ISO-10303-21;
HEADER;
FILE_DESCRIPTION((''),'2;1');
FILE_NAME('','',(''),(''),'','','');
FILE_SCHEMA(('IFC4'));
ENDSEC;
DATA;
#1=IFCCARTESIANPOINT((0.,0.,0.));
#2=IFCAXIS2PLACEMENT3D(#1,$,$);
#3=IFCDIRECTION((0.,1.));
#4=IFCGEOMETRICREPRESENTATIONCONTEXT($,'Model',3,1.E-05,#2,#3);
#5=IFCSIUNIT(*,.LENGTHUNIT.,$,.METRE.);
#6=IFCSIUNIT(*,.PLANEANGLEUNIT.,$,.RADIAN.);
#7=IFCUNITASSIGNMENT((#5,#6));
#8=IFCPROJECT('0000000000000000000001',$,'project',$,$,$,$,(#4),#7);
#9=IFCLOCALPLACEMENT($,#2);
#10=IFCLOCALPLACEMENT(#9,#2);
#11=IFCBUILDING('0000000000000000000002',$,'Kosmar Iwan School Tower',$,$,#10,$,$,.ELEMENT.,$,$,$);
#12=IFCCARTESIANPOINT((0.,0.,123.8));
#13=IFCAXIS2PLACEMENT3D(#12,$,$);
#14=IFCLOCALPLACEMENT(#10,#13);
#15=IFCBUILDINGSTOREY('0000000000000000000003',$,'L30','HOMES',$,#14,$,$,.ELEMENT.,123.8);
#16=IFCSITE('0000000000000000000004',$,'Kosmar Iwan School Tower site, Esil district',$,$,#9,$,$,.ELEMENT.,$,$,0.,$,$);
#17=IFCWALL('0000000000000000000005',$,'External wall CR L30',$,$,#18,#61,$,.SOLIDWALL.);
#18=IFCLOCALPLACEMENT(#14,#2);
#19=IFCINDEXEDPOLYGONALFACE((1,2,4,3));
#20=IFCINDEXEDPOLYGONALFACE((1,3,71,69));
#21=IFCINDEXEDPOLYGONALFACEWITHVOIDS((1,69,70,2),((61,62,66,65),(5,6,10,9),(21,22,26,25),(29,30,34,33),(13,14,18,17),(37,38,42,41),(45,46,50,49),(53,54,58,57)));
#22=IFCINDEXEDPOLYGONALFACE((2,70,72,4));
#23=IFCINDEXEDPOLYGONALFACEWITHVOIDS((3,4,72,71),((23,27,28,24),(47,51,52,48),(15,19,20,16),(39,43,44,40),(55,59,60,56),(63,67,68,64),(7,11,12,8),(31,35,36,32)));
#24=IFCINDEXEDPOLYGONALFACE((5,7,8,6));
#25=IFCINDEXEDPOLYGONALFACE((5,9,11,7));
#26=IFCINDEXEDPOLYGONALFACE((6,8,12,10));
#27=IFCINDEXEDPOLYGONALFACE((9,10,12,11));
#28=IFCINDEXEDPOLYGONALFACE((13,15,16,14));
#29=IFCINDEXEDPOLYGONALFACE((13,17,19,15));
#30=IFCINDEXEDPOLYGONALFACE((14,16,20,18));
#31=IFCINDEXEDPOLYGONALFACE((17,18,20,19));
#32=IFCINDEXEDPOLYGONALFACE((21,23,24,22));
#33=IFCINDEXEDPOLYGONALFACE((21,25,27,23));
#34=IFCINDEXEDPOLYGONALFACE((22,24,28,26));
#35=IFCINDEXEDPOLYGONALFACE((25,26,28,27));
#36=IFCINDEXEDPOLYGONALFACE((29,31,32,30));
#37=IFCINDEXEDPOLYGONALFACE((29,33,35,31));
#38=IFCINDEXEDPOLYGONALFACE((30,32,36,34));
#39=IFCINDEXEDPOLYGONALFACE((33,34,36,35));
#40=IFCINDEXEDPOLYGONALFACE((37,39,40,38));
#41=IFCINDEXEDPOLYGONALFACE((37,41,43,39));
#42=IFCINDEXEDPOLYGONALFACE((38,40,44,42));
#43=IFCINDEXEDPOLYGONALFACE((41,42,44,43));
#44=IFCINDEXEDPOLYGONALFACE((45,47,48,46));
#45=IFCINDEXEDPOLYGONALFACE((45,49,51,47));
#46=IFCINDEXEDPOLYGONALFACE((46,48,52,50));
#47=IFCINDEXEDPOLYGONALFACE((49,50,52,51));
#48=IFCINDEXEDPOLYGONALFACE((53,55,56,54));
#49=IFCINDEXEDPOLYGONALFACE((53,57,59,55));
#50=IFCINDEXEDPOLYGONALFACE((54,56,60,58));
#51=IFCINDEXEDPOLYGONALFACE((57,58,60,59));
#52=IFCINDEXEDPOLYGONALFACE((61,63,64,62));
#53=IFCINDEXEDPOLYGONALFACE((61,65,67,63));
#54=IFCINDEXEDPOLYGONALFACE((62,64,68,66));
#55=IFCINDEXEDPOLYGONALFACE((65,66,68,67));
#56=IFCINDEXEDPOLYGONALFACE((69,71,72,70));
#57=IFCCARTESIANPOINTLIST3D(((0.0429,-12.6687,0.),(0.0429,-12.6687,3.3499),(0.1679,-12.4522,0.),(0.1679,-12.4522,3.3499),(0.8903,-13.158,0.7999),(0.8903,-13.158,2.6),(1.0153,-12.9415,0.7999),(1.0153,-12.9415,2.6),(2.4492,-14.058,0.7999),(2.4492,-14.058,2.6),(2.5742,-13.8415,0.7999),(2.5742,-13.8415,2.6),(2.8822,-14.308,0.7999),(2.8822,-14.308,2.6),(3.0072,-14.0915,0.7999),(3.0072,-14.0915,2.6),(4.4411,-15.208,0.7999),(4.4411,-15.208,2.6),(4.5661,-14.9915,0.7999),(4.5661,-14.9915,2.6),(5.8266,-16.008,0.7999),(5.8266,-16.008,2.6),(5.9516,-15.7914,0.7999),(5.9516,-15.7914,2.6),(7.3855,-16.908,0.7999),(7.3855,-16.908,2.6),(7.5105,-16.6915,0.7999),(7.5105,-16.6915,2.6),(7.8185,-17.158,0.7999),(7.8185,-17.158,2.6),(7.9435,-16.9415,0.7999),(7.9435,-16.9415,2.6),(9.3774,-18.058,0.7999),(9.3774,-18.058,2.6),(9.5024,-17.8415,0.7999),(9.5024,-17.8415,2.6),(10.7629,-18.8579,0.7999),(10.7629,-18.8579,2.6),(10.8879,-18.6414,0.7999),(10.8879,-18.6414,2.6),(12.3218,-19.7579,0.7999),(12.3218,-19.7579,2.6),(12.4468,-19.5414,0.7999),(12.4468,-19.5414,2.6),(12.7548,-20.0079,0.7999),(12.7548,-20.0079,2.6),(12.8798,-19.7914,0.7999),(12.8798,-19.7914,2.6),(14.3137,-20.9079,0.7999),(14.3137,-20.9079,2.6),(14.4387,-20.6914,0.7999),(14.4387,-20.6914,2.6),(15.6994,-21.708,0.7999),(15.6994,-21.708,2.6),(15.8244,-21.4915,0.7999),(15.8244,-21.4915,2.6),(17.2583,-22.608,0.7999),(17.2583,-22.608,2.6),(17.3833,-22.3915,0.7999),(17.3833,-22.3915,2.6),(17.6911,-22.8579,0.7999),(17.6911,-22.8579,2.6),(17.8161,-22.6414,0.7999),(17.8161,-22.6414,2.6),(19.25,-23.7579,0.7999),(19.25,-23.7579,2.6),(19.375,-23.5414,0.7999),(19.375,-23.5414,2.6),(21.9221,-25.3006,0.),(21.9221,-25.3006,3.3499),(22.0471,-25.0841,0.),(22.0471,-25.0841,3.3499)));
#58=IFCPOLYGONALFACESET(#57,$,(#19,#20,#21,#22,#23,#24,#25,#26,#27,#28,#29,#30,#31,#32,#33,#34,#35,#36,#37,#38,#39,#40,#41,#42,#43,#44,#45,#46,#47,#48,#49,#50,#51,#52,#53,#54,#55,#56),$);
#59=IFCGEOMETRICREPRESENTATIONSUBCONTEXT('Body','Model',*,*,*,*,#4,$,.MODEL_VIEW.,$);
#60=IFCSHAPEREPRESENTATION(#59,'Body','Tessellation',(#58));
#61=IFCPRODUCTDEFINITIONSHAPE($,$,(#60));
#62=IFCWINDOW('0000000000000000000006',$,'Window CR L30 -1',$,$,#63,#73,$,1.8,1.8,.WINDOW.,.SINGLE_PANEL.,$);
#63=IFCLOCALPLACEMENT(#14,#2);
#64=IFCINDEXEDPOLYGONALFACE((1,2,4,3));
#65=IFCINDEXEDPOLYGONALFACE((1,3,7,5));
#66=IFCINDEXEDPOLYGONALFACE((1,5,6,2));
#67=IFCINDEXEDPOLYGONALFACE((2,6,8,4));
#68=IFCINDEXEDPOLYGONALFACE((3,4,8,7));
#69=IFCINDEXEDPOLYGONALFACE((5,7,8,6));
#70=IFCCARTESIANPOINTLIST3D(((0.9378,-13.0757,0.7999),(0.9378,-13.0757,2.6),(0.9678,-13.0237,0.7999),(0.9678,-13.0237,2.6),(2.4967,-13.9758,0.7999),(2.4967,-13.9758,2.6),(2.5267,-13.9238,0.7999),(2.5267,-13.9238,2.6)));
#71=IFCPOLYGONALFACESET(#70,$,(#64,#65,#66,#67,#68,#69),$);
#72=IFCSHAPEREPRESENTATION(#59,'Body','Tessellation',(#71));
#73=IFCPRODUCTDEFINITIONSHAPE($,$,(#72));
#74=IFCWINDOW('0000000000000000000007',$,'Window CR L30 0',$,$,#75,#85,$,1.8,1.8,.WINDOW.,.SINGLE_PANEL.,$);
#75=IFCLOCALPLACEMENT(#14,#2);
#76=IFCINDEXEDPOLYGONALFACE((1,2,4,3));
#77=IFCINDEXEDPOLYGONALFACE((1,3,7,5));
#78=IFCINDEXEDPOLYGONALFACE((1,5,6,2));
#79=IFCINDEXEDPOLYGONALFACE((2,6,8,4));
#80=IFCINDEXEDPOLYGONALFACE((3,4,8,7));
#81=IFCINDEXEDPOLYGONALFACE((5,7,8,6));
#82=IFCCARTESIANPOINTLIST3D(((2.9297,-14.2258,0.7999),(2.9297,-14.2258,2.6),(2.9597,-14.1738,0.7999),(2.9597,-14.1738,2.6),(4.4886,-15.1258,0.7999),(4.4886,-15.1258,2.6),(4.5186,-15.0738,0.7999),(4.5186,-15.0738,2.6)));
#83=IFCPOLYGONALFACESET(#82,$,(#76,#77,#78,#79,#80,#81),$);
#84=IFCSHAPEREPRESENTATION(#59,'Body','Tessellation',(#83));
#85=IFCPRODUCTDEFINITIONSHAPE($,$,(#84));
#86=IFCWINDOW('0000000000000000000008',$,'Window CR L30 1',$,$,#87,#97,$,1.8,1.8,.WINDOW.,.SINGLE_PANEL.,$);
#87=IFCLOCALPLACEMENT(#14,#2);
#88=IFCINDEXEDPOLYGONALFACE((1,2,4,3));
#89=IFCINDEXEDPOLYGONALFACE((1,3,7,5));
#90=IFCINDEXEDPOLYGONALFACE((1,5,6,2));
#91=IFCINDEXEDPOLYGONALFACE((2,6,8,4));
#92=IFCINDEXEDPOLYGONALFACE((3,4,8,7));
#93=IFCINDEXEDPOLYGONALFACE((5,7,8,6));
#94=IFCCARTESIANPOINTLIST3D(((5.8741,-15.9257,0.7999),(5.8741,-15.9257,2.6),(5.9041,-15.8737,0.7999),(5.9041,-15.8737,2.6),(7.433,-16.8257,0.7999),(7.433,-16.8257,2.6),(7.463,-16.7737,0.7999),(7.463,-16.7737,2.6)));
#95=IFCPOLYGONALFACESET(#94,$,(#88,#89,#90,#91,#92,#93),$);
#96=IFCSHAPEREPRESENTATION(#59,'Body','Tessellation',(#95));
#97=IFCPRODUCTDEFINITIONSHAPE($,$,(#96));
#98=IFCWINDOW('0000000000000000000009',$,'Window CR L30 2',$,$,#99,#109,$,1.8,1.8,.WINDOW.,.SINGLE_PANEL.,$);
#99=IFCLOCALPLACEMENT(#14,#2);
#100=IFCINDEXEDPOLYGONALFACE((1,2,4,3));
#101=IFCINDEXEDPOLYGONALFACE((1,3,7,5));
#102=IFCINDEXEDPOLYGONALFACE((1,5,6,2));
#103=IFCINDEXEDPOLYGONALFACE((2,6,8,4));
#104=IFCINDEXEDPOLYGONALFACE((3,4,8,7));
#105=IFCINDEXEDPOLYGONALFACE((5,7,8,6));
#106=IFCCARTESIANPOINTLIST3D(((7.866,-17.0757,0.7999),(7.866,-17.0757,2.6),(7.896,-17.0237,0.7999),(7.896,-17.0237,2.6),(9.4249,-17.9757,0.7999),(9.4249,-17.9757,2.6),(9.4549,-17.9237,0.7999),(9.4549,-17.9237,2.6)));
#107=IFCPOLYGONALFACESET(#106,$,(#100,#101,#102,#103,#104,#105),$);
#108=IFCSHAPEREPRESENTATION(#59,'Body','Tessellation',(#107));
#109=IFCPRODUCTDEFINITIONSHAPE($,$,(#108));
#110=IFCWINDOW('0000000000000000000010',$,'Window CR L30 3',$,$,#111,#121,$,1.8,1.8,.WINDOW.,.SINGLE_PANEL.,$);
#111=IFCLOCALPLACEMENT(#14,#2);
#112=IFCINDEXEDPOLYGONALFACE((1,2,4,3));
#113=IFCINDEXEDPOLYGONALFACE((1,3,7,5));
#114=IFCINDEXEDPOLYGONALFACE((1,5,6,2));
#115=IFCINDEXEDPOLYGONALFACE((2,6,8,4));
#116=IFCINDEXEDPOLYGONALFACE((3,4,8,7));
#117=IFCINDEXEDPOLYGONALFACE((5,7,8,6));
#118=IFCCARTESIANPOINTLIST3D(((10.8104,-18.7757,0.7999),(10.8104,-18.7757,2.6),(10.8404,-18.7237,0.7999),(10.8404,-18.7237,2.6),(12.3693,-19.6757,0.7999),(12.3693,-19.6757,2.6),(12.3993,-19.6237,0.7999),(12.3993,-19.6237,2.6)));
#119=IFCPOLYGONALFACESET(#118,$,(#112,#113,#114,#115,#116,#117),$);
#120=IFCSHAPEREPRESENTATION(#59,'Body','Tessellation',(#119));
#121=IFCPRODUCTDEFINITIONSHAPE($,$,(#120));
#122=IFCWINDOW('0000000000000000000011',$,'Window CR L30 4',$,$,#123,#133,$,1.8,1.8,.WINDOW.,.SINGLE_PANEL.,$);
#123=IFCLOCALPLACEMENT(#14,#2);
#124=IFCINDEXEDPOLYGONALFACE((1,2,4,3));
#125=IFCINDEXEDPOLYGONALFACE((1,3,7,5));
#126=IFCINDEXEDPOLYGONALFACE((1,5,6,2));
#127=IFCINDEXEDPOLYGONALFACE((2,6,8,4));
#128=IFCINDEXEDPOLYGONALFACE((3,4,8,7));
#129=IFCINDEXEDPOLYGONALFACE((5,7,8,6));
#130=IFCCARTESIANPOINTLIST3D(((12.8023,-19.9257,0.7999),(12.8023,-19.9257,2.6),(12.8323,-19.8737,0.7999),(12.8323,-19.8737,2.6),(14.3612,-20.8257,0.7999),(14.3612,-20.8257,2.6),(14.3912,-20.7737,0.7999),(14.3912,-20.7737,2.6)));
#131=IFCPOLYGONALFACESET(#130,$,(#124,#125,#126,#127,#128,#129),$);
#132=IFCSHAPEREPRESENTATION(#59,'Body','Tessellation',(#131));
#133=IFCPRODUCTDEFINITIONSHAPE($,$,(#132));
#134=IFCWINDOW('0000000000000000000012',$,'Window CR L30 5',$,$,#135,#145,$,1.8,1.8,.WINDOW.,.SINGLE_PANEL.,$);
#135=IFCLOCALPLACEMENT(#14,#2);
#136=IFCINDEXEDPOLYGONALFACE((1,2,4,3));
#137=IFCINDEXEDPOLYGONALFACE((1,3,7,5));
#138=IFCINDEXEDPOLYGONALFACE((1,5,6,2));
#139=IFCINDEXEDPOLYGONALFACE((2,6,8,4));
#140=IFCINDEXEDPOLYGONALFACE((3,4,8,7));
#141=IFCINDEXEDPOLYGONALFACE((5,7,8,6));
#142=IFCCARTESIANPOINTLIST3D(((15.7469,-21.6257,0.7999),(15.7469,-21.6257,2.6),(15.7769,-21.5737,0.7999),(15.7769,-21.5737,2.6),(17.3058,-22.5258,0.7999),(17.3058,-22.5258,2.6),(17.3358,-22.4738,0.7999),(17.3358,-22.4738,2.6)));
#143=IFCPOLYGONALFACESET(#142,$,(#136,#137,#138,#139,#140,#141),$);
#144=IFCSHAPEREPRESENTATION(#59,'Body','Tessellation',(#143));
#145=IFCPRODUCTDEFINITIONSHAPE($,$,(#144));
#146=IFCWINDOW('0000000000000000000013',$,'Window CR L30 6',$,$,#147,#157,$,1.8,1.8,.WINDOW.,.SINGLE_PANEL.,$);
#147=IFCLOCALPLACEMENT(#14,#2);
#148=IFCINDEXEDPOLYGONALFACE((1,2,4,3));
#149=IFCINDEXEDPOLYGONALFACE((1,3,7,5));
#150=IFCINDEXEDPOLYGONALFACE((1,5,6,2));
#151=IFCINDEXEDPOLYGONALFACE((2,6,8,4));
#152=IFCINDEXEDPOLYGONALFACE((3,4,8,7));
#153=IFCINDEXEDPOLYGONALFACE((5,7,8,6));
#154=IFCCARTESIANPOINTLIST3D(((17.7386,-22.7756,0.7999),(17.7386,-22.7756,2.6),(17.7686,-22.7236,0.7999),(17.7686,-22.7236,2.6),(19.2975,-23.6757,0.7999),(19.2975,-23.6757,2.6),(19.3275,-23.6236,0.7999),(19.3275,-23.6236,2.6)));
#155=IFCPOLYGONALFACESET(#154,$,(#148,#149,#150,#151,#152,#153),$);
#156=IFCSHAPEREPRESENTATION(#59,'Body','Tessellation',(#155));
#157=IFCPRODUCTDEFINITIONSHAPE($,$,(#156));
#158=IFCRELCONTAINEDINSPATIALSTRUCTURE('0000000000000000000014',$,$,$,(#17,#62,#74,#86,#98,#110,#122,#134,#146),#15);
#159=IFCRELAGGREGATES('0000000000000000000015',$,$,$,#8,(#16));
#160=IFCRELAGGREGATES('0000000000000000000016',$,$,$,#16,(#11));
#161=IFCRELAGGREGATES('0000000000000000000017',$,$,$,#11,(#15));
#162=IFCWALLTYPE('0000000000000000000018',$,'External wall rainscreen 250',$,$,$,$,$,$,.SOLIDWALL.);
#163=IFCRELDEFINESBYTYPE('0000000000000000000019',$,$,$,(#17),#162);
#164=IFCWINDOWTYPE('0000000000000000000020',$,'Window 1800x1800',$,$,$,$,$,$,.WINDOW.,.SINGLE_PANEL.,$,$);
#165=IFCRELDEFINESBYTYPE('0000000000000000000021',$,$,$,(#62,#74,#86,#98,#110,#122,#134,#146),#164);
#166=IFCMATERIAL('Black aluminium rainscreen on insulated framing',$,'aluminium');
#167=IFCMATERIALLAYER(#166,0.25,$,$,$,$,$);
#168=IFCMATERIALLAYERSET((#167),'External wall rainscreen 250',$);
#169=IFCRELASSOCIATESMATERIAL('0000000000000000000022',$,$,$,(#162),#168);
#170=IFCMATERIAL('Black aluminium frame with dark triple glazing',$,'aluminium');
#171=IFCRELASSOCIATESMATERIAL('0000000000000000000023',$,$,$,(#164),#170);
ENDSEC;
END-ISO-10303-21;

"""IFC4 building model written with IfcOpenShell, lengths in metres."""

from ifc_helpers import new_model, si_unit, direction, frame, frame_2d, origin, place, context, subcontext, project, spatial, rectangle, extrude, material, layer, layer_set, type_object, element, fill, save


model = new_model("IFC4")

# Units and contexts
model_context = context("Model", 3, precision=1e-05, world=origin(), true_north=direction((0.0, 1.0)))
body_context = subcontext(model_context, "Body", "Model", "MODEL_VIEW")
ifc_project = project(units=[si_unit("LENGTHUNIT", "METRE"), si_unit("PLANEANGLEUNIT", "RADIAN")], contexts=[model_context])

# Site, building, storey
site_placement = place(None, origin())
site = spatial("IfcSite", under=ifc_project, at=site_placement, Name="Kosmar Iwan School Tower site, Esil district", CompositionType="ELEMENT", RefElevation=0.0)
building_placement = place(site_placement, origin())
building = spatial("IfcBuilding", under=site, at=building_placement, Name="Kosmar Iwan School Tower", CompositionType="ELEMENT")
storey_placement = place(building_placement, frame((0.0, 0.0, 123.8)))
storey = spatial("IfcBuildingStorey", under=building, at=storey_placement, Name="L30", Description="HOMES", CompositionType="ELEMENT", Elevation=123.8)

# Wall, openings, windows
ifc_material_1 = material(Name="Black aluminium rainscreen on insulated framing", Category="aluminium")
ifc_layer = layer(ifc_material_1, 0.25)
ifc_layer_set = layer_set([ifc_layer], Name="External wall rainscreen 250")
wall_type = type_object("IfcWallType", Name="External wall rainscreen 250", PredefinedType="SOLIDWALL", material=ifc_layer_set)
ifc_material_2 = material(Name="Black aluminium frame with dark triple glazing", Category="aluminium")
window_type = type_object("IfcWindowType", Name="Window 1800x1800", PartitioningType="SINGLE_PANEL", PredefinedType="WINDOW", material=ifc_material_2)
wall_1_placement = place(storey_placement, frame((0.1055, -12.5605, 0.0), z_axis=(0.0, 0.0, 1.0), x_axis=(0.866027, -0.499997, 0.0)))
wall_1 = element("IfcWall", 1, at=wall_1_placement, inside=storey, type_object=wall_type, Name="External wall CR L30", PredefinedType="SOLIDWALL", context=body_context, shape_type="SweptSolid", body=[
    extrude(rectangle(XDim=25.2639, YDim=0.25, at=frame_2d((12.6318, 0.0))), origin(), (0.0, 0.0, 1.0), 3.3499),
])
opening_1_placement = place(wall_1_placement, frame((0.9785, 0.0, 0.8)))
opening_1 = element("IfcOpeningElement", 2, at=opening_1_placement, cuts=wall_1, PredefinedType="OPENING", context=body_context, shape_type="SweptSolid", body=[
    extrude(rectangle(XDim=1.8, YDim=1.8, at=frame_2d((0.8999, 0.8999))), frame((0.0, 0.137, 0.0), z_axis=(0.0, -1.0, 0.0), x_axis=(1.0, 0.0, 0.0)), (0.0, 0.0, 1.0), 0.2739),
])
opening_2_placement = place(wall_1_placement, frame((3.2786, 0.0, 0.8)))
opening_2 = element("IfcOpeningElement", 3, at=opening_2_placement, cuts=wall_1, PredefinedType="OPENING", context=body_context, shape_type="SweptSolid", body=[
    extrude(rectangle(XDim=1.8, YDim=1.8, at=frame_2d((0.8999, 0.8999))), frame((0.0, 0.137, 0.0), z_axis=(0.0, -1.0, 0.0), x_axis=(1.0, 0.0, 0.0)), (0.0, 0.0, 1.0), 0.2739),
])
opening_3_placement = place(wall_1_placement, frame((6.6785, 0.0, 0.8)))
opening_3 = element("IfcOpeningElement", 4, at=opening_3_placement, cuts=wall_1, PredefinedType="OPENING", context=body_context, shape_type="SweptSolid", body=[
    extrude(rectangle(XDim=1.8, YDim=1.8, at=frame_2d((0.8999, 0.8999))), frame((0.0, 0.137, 0.0), z_axis=(0.0, -1.0, 0.0), x_axis=(1.0, 0.0, 0.0)), (0.0, 0.0, 1.0), 0.2739),
])
opening_4_placement = place(wall_1_placement, frame((8.9785, 0.0, 0.8)))
opening_4 = element("IfcOpeningElement", 5, at=opening_4_placement, cuts=wall_1, PredefinedType="OPENING", context=body_context, shape_type="SweptSolid", body=[
    extrude(rectangle(XDim=1.8, YDim=1.8, at=frame_2d((0.8999, 0.8999))), frame((0.0, 0.137, 0.0), z_axis=(0.0, -1.0, 0.0), x_axis=(1.0, 0.0, 0.0)), (0.0, 0.0, 1.0), 0.2739),
])
opening_5_placement = place(wall_1_placement, frame((12.3784, 0.0, 0.8)))
opening_5 = element("IfcOpeningElement", 6, at=opening_5_placement, cuts=wall_1, PredefinedType="OPENING", context=body_context, shape_type="SweptSolid", body=[
    extrude(rectangle(XDim=1.8, YDim=1.8, at=frame_2d((0.8999, 0.8999))), frame((0.0, 0.137, 0.0), z_axis=(0.0, -1.0, 0.0), x_axis=(1.0, 0.0, 0.0)), (0.0, 0.0, 1.0), 0.2739),
])
opening_6_placement = place(wall_1_placement, frame((14.6785, 0.0, 0.8)))
opening_6 = element("IfcOpeningElement", 7, at=opening_6_placement, cuts=wall_1, PredefinedType="OPENING", context=body_context, shape_type="SweptSolid", body=[
    extrude(rectangle(XDim=1.8, YDim=1.8, at=frame_2d((0.8999, 0.8999))), frame((0.0, 0.137, 0.0), z_axis=(0.0, -1.0, 0.0), x_axis=(1.0, 0.0, 0.0)), (0.0, 0.0, 1.0), 0.2739),
])
opening_7_placement = place(wall_1_placement, frame((18.0786, 0.0, 0.8)))
opening_7 = element("IfcOpeningElement", 8, at=opening_7_placement, cuts=wall_1, PredefinedType="OPENING", context=body_context, shape_type="SweptSolid", body=[
    extrude(rectangle(XDim=1.8, YDim=1.8, at=frame_2d((0.8999, 0.8999))), frame((0.0, 0.137, 0.0), z_axis=(0.0, -1.0, 0.0), x_axis=(1.0, 0.0, 0.0)), (0.0, 0.0, 1.0), 0.2739),
])
opening_8_placement = place(wall_1_placement, frame((20.3784, 0.0, 0.8)))
opening_8 = element("IfcOpeningElement", 9, at=opening_8_placement, cuts=wall_1, PredefinedType="OPENING", context=body_context, shape_type="SweptSolid", body=[
    extrude(rectangle(XDim=1.8, YDim=1.8, at=frame_2d((0.8999, 0.8999))), frame((0.0, 0.137, 0.0), z_axis=(0.0, -1.0, 0.0), x_axis=(1.0, 0.0, 0.0)), (0.0, 0.0, 1.0), 0.2739),
])
window_1_placement = place(opening_1_placement, origin())
window_1 = element("IfcWindow", 10, at=window_1_placement, inside=storey, type_object=window_type, Name="Window CR L30 -1", OverallHeight=1.8, OverallWidth=1.8, PartitioningType="SINGLE_PANEL", PredefinedType="WINDOW", context=body_context, shape_type="SweptSolid", body=[
    extrude(rectangle(XDim=1.8, YDim=1.8, at=frame_2d((0.8999, 0.8999))), frame((0.0, 0.03, 0.0), z_axis=(0.0, -1.0, 0.0), x_axis=(1.0, 0.0, 0.0)), (0.0, 0.0, 1.0), 0.0601),
])
fill(opening_1, window_1)
window_2_placement = place(opening_2_placement, origin())
window_2 = element("IfcWindow", 11, at=window_2_placement, inside=storey, type_object=window_type, Name="Window CR L30 0", OverallHeight=1.8, OverallWidth=1.8, PartitioningType="SINGLE_PANEL", PredefinedType="WINDOW", context=body_context, shape_type="SweptSolid", body=[
    extrude(rectangle(XDim=1.8, YDim=1.8, at=frame_2d((0.8999, 0.8999))), frame((0.0, 0.03, 0.0), z_axis=(0.0, -1.0, 0.0), x_axis=(1.0, 0.0, 0.0)), (0.0, 0.0, 1.0), 0.0601),
])
fill(opening_2, window_2)
window_3_placement = place(opening_3_placement, origin())
window_3 = element("IfcWindow", 12, at=window_3_placement, inside=storey, type_object=window_type, Name="Window CR L30 1", OverallHeight=1.8, OverallWidth=1.8, PartitioningType="SINGLE_PANEL", PredefinedType="WINDOW", context=body_context, shape_type="SweptSolid", body=[
    extrude(rectangle(XDim=1.8, YDim=1.8, at=frame_2d((0.8999, 0.8999))), frame((0.0, 0.03, 0.0), z_axis=(0.0, -1.0, 0.0), x_axis=(1.0, 0.0, 0.0)), (0.0, 0.0, 1.0), 0.0601),
])
fill(opening_3, window_3)
window_4_placement = place(opening_4_placement, origin())
window_4 = element("IfcWindow", 13, at=window_4_placement, inside=storey, type_object=window_type, Name="Window CR L30 2", OverallHeight=1.8, OverallWidth=1.8, PartitioningType="SINGLE_PANEL", PredefinedType="WINDOW", context=body_context, shape_type="SweptSolid", body=[
    extrude(rectangle(XDim=1.8, YDim=1.8, at=frame_2d((0.8999, 0.8999))), frame((0.0, 0.03, 0.0), z_axis=(0.0, -1.0, 0.0), x_axis=(1.0, 0.0, 0.0)), (0.0, 0.0, 1.0), 0.0601),
])
fill(opening_4, window_4)
window_5_placement = place(opening_5_placement, origin())
window_5 = element("IfcWindow", 14, at=window_5_placement, inside=storey, type_object=window_type, Name="Window CR L30 3", OverallHeight=1.8, OverallWidth=1.8, PartitioningType="SINGLE_PANEL", PredefinedType="WINDOW", context=body_context, shape_type="SweptSolid", body=[
    extrude(rectangle(XDim=1.8, YDim=1.8, at=frame_2d((0.8999, 0.8999))), frame((0.0, 0.03, 0.0), z_axis=(0.0, -1.0, 0.0), x_axis=(1.0, 0.0, 0.0)), (0.0, 0.0, 1.0), 0.0601),
])
fill(opening_5, window_5)
window_6_placement = place(opening_6_placement, origin())
window_6 = element("IfcWindow", 15, at=window_6_placement, inside=storey, type_object=window_type, Name="Window CR L30 4", OverallHeight=1.8, OverallWidth=1.8, PartitioningType="SINGLE_PANEL", PredefinedType="WINDOW", context=body_context, shape_type="SweptSolid", body=[
    extrude(rectangle(XDim=1.8, YDim=1.8, at=frame_2d((0.8999, 0.8999))), frame((0.0, 0.03, 0.0), z_axis=(0.0, -1.0, 0.0), x_axis=(1.0, 0.0, 0.0)), (0.0, 0.0, 1.0), 0.0601),
])
fill(opening_6, window_6)
window_7_placement = place(opening_7_placement, origin())
window_7 = element("IfcWindow", 16, at=window_7_placement, inside=storey, type_object=window_type, Name="Window CR L30 5", OverallHeight=1.8, OverallWidth=1.8, PartitioningType="SINGLE_PANEL", PredefinedType="WINDOW", context=body_context, shape_type="SweptSolid", body=[
    extrude(rectangle(XDim=1.8, YDim=1.8, at=frame_2d((0.8999, 0.8999))), frame((0.0, 0.03, 0.0), z_axis=(0.0, -1.0, 0.0), x_axis=(1.0, 0.0, 0.0)), (0.0, 0.0, 1.0), 0.0601),
])
fill(opening_7, window_7)
window_8_placement = place(opening_8_placement, origin())
window_8 = element("IfcWindow", 17, at=window_8_placement, inside=storey, type_object=window_type, Name="Window CR L30 6", OverallHeight=1.8, OverallWidth=1.8, PartitioningType="SINGLE_PANEL", PredefinedType="WINDOW", context=body_context, shape_type="SweptSolid", body=[
    extrude(rectangle(XDim=1.8, YDim=1.8, at=frame_2d((0.8999, 0.8999))), frame((0.0, 0.03, 0.0), z_axis=(0.0, -1.0, 0.0), x_axis=(1.0, 0.0, 0.0)), (0.0, 0.0, 1.0), 0.0601),
])
fill(opening_8, window_8)

save(model, "model.ifc")
